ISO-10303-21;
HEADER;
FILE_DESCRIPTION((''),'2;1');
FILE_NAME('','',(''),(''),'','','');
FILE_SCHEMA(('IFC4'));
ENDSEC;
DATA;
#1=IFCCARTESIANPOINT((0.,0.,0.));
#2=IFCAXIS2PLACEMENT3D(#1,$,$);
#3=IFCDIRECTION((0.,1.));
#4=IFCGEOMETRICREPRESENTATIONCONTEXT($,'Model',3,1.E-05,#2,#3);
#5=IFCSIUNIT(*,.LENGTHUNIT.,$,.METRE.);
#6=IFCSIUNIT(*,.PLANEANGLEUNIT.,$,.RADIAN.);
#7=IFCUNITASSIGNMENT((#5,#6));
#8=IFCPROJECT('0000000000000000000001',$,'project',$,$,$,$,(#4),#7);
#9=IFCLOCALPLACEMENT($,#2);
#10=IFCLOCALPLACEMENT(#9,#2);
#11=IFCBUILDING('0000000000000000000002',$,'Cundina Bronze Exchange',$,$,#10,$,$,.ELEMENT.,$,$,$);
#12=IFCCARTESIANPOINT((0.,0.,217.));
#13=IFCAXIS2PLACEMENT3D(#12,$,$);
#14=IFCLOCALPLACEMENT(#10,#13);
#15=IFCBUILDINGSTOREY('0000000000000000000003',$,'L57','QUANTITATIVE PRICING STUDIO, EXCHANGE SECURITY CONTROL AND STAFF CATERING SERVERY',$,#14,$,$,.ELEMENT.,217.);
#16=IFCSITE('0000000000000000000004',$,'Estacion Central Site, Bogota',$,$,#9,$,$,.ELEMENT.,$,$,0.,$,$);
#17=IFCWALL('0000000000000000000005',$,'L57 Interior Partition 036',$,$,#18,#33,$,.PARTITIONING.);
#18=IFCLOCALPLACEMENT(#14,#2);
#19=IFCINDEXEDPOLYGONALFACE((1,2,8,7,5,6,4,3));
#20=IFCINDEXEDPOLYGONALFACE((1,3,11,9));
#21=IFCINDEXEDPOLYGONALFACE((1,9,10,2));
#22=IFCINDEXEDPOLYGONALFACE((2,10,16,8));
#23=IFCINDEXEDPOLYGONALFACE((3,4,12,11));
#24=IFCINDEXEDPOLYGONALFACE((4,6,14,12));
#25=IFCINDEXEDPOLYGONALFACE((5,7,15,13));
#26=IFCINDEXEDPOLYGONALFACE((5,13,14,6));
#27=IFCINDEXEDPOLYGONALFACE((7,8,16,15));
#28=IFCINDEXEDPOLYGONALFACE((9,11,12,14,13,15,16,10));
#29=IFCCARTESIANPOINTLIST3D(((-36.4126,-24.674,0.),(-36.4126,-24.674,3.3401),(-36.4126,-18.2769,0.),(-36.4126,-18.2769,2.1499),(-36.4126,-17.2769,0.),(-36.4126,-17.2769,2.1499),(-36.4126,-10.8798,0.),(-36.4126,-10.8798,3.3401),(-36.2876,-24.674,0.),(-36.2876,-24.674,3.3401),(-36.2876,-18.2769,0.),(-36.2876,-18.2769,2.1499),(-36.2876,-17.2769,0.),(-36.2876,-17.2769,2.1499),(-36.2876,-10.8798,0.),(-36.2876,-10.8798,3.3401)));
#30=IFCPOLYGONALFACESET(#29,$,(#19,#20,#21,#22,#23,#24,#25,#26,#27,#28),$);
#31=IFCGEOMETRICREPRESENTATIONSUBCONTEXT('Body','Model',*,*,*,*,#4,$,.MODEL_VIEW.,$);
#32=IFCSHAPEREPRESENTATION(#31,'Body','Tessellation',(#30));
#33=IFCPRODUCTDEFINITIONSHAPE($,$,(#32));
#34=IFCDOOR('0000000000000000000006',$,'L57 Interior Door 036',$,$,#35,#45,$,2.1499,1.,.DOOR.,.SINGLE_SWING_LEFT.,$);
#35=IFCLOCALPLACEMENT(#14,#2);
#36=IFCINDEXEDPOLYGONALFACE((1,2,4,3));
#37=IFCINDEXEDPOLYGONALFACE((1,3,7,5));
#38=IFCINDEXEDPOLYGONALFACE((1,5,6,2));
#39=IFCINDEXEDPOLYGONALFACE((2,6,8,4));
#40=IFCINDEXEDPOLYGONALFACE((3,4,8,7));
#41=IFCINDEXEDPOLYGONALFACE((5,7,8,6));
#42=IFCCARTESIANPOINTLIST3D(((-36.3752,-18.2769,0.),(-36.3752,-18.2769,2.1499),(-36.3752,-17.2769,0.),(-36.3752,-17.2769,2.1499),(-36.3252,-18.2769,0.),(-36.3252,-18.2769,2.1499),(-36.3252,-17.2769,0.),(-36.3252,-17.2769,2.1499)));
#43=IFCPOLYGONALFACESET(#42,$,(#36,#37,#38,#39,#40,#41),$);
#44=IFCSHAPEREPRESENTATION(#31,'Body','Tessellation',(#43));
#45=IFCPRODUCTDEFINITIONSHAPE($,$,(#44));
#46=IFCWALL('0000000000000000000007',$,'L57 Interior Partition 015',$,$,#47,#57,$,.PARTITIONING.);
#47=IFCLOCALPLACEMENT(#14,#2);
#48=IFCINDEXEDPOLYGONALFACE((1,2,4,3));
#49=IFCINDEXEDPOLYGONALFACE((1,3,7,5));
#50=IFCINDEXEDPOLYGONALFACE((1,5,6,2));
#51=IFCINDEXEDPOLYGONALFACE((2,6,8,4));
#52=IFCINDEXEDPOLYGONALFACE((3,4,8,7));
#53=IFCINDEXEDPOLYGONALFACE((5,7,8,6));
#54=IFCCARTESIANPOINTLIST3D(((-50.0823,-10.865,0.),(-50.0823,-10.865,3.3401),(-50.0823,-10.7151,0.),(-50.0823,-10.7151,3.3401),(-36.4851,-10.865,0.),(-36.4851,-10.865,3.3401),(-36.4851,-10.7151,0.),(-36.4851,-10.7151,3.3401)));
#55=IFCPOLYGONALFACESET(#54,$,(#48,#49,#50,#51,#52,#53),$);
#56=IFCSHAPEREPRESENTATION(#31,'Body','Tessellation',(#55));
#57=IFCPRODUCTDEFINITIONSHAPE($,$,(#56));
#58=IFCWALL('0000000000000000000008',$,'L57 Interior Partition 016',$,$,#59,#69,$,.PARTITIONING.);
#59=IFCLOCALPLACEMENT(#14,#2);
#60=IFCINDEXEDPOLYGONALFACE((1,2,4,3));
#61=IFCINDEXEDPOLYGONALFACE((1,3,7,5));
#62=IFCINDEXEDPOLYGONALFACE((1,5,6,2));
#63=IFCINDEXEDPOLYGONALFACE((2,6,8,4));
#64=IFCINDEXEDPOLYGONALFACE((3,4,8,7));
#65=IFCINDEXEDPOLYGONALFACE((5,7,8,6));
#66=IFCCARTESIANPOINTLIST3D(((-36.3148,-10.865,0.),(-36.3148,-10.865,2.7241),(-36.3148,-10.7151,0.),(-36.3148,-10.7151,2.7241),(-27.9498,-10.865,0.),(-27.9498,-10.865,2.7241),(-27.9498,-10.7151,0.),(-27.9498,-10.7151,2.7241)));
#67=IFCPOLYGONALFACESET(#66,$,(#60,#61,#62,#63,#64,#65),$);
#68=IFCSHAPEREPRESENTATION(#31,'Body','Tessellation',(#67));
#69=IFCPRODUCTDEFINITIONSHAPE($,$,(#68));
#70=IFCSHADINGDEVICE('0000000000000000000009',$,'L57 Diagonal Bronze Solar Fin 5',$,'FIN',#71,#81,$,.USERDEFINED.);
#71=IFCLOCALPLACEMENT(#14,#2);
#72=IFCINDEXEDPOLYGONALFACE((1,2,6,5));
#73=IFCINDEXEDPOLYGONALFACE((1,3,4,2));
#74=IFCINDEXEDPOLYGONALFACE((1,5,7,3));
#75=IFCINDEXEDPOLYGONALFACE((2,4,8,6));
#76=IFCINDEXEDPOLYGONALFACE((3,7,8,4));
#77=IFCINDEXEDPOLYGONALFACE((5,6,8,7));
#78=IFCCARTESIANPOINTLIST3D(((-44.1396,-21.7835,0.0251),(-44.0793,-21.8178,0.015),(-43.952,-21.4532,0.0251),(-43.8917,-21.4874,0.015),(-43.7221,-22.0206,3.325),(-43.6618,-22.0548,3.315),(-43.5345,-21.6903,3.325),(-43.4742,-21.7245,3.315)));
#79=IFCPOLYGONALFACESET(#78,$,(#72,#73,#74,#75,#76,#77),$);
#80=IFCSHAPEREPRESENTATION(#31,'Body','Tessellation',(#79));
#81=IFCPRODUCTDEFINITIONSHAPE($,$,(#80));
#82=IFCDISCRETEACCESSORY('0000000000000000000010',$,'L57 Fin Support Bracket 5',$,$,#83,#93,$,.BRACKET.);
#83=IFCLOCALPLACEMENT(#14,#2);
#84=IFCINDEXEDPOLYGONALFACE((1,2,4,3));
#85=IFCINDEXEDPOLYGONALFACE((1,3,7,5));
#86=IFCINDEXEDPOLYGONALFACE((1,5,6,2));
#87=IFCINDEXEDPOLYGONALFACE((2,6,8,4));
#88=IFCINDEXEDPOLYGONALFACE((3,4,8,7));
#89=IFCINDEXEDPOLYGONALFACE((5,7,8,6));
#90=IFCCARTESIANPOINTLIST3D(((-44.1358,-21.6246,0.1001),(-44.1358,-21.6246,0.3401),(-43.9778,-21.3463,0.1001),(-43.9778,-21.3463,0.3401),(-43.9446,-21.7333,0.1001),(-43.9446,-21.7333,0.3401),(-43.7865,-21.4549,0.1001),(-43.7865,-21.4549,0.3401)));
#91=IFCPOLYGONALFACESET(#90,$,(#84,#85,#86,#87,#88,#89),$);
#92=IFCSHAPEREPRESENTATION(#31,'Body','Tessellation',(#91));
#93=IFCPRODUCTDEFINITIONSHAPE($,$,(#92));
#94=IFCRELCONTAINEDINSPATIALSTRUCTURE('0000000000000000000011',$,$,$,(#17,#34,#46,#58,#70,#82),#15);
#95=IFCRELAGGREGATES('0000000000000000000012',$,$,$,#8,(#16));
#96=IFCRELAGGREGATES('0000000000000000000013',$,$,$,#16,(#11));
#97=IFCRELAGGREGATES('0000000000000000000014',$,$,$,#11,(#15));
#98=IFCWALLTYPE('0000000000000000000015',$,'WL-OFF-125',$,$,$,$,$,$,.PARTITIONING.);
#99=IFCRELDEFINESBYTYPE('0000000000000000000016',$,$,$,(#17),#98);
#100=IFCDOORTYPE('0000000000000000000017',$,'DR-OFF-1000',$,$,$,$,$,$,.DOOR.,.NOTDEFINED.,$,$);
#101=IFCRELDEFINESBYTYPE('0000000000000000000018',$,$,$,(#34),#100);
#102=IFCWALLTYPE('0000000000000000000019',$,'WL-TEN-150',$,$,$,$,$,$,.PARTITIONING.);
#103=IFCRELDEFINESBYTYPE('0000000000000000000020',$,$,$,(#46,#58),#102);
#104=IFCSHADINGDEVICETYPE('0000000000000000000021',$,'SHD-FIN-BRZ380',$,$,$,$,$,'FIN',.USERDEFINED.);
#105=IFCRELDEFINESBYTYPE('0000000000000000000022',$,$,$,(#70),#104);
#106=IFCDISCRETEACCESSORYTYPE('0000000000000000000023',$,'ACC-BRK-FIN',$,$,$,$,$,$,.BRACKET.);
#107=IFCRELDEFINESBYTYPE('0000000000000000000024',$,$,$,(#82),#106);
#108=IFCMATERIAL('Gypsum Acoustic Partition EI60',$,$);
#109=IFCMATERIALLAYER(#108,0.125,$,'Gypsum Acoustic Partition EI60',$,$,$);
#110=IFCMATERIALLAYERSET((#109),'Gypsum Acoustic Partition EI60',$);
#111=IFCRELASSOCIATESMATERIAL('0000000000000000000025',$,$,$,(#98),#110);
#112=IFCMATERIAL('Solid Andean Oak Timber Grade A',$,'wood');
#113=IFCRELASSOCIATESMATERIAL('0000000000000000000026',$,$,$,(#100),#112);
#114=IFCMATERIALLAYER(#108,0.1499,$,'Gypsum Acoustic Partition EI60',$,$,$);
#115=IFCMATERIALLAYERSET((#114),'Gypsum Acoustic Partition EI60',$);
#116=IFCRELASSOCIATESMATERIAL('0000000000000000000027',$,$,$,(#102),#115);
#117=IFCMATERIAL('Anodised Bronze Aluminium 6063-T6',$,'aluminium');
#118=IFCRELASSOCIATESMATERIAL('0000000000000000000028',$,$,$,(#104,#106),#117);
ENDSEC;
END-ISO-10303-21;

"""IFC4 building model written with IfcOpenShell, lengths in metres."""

from ifc_helpers import new_model, si_unit, direction, frame, frame_2d, origin, origin_2d, place, context, subcontext, project, spatial, rectangle, extrude, material, layer, layer_set, material_profile, profile_set, type_object, element, fill, save


model = new_model("IFC4")

# Units and contexts
model_context = context("Model", 3, precision=1e-05, world=origin(), true_north=direction((0.0, 1.0)))
body_context = subcontext(model_context, "Body", "Model", "MODEL_VIEW")
ifc_project = project(units=[si_unit("LENGTHUNIT", "METRE"), si_unit("PLANEANGLEUNIT", "RADIAN")], contexts=[model_context])

# Site, building, storey
site_placement = place(None, origin())
site = spatial("IfcSite", under=ifc_project, at=site_placement, Name="Estacion Central Site, Bogota", CompositionType="ELEMENT", RefElevation=0.0)
building_placement = place(site_placement, origin())
building = spatial("IfcBuilding", under=site, at=building_placement, Name="Cundina Bronze Exchange", CompositionType="ELEMENT")
storey_placement = place(building_placement, frame((0.0, 0.0, 217.0)))
storey = spatial("IfcBuildingStorey", under=building, at=storey_placement, Name="L57", Description="QUANTITATIVE PRICING STUDIO, EXCHANGE SECURITY CONTROL AND STAFF CATERING SERVERY", CompositionType="ELEMENT", Elevation=217.0)

# Shared definitions
ifc_material_1 = material(Name="Anodised Bronze Aluminium 6063-T6", Category="aluminium")

# Wall, opening, door
ifc_material_2 = material(Name="Gypsum Acoustic Partition EI60")
ifc_layer_1 = layer(ifc_material_2, 0.125, Name="Gypsum Acoustic Partition EI60")
ifc_layer_set_1 = layer_set([ifc_layer_1], Name="Gypsum Acoustic Partition EI60")
wall_type_1 = type_object("IfcWallType", Name="WL-OFF-125", PredefinedType="PARTITIONING", material=ifc_layer_set_1)
wall_1_placement = place(storey_placement, frame((-36.3501, -10.8799, 0.0), z_axis=(0.0, 0.0, 1.0), x_axis=(0.0, -1.0, 0.0)))
wall_1 = element("IfcWall", 1, at=wall_1_placement, inside=storey, type_object=wall_type_1, Name="L57 Interior Partition 036", PredefinedType="PARTITIONING", context=body_context, shape_type="SweptSolid", body=[
    extrude(rectangle(XDim=13.7942, YDim=0.125, at=frame_2d((6.897, 0.0))), origin(), (0.0, 0.0, 1.0), 3.3401),
])
opening_placement = place(wall_1_placement, frame((6.397, 0.0, 0.0)))
opening = element("IfcOpeningElement", 2, at=opening_placement, cuts=wall_1, PredefinedType="OPENING", context=body_context, shape_type="SweptSolid", body=[
    extrude(rectangle(XDim=1.0, YDim=2.1499, at=frame_2d((0.5, 1.075))), frame((0.0, 0.0725, 0.0), z_axis=(0.0, -1.0, 0.0), x_axis=(1.0, 0.0, 0.0)), (0.0, 0.0, 1.0), 0.145),
])
ifc_material_3 = material(Name="Solid Andean Oak Timber Grade A", Category="wood")
door_type = type_object("IfcDoorType", Name="DR-OFF-1000", OperationType="NOTDEFINED", PredefinedType="DOOR", material=ifc_material_3)
door_placement = place(opening_placement, origin())
door = element("IfcDoor", 3, at=door_placement, inside=storey, type_object=door_type, Name="L57 Interior Door 036", OperationType="SINGLE_SWING_LEFT", OverallHeight=2.1499, OverallWidth=1.0, PredefinedType="DOOR", context=body_context, shape_type="SweptSolid", body=[
    extrude(rectangle(XDim=1.0, YDim=2.1499, at=frame_2d((0.5, 1.075))), frame((0.0, 0.0249, 0.0), z_axis=(0.0, -1.0, 0.0), x_axis=(1.0, 0.0, 0.0)), (0.0, 0.0, 1.0), 0.05),
])
fill(opening, door)

# Walls
ifc_layer_2 = layer(ifc_material_2, 0.1499, Name="Gypsum Acoustic Partition EI60")
ifc_layer_set_2 = layer_set([ifc_layer_2], Name="Gypsum Acoustic Partition EI60")
wall_type_2 = type_object("IfcWallType", Name="WL-TEN-150", PredefinedType="PARTITIONING", material=ifc_layer_set_2)
wall_2_placement = place(storey_placement, frame((-50.0823, -10.79, 0.0), z_axis=(0.0, 0.0, 1.0), x_axis=(1.0, 0.0, 0.0)))
element("IfcWall", 4, at=wall_2_placement, inside=storey, type_object=wall_type_2, Name="L57 Interior Partition 015", PredefinedType="PARTITIONING", context=body_context, shape_type="SweptSolid", body=[
    extrude(rectangle(XDim=13.5972, YDim=0.1499, at=frame_2d((6.7986, 0.0))), origin(), (0.0, 0.0, 1.0), 3.3401),
])
wall_3_placement = place(storey_placement, frame((-36.3149, -10.79, 0.0), z_axis=(0.0, 0.0, 1.0), x_axis=(1.0, 0.0, 0.0)))
element("IfcWall", 5, at=wall_3_placement, inside=storey, type_object=wall_type_2, Name="L57 Interior Partition 016", PredefinedType="PARTITIONING", context=body_context, shape_type="SweptSolid", body=[
    extrude(rectangle(XDim=8.365, YDim=0.1499, at=frame_2d((4.1826, 0.0))), origin(), (0.0, 0.0, 1.0), 2.7241),
])

# Shading device
ifc_material_profile_1 = material_profile(ifc_material_1, rectangle(XDim=0.0701, YDim=0.3799, at=origin_2d()), Name="FIN70X380", Category="aluminium")
ifc_profile_set_1 = profile_set([ifc_material_profile_1], Name="Anodised Bronze Aluminium 6063-T6")
shading_device_type = type_object("IfcShadingDeviceType", Name="SHD-FIN-BRZ380", ElementType="FIN", PredefinedType="USERDEFINED", material=ifc_profile_set_1)
shading_device_placement = place(storey_placement, frame((-44.0156, -21.6355, 0.02), z_axis=(0.12519, -0.071087, 0.989583), x_axis=(-0.860527, 0.488638, 0.143965)))
element("IfcShadingDevice", 6, at=shading_device_placement, inside=storey, type_object=shading_device_type, Name="L57 Diagonal Bronze Solar Fin 5", ObjectType="FIN", PredefinedType="USERDEFINED", context=body_context, shape_type="SweptSolid", body=[
    extrude(rectangle(XDim=0.0701, YDim=0.3799, at=origin_2d()), origin(), (0.0, 0.0, 1.0), 3.3347),
])

# Discrete accessory
discrete_accessory_type = type_object("IfcDiscreteAccessoryType", Name="ACC-BRK-FIN", PredefinedType="BRACKET", material=ifc_material_1)
discrete_accessory_placement = place(storey_placement, frame((-43.9612, -21.5398, 0.1001), z_axis=(0.0, 0.0, 1.0), x_axis=(0.869573, -0.493805, 0.0)))
element("IfcDiscreteAccessory", 7, at=discrete_accessory_placement, inside=storey, type_object=discrete_accessory_type, Name="L57 Fin Support Bracket 5", PredefinedType="BRACKET", context=body_context, shape_type="SweptSolid", body=[
    extrude(rectangle(XDim=0.22, YDim=0.3201, at=origin_2d()), origin(), (0.0, 0.0, 1.0), 0.24),
])

save(model, "model.ifc")
